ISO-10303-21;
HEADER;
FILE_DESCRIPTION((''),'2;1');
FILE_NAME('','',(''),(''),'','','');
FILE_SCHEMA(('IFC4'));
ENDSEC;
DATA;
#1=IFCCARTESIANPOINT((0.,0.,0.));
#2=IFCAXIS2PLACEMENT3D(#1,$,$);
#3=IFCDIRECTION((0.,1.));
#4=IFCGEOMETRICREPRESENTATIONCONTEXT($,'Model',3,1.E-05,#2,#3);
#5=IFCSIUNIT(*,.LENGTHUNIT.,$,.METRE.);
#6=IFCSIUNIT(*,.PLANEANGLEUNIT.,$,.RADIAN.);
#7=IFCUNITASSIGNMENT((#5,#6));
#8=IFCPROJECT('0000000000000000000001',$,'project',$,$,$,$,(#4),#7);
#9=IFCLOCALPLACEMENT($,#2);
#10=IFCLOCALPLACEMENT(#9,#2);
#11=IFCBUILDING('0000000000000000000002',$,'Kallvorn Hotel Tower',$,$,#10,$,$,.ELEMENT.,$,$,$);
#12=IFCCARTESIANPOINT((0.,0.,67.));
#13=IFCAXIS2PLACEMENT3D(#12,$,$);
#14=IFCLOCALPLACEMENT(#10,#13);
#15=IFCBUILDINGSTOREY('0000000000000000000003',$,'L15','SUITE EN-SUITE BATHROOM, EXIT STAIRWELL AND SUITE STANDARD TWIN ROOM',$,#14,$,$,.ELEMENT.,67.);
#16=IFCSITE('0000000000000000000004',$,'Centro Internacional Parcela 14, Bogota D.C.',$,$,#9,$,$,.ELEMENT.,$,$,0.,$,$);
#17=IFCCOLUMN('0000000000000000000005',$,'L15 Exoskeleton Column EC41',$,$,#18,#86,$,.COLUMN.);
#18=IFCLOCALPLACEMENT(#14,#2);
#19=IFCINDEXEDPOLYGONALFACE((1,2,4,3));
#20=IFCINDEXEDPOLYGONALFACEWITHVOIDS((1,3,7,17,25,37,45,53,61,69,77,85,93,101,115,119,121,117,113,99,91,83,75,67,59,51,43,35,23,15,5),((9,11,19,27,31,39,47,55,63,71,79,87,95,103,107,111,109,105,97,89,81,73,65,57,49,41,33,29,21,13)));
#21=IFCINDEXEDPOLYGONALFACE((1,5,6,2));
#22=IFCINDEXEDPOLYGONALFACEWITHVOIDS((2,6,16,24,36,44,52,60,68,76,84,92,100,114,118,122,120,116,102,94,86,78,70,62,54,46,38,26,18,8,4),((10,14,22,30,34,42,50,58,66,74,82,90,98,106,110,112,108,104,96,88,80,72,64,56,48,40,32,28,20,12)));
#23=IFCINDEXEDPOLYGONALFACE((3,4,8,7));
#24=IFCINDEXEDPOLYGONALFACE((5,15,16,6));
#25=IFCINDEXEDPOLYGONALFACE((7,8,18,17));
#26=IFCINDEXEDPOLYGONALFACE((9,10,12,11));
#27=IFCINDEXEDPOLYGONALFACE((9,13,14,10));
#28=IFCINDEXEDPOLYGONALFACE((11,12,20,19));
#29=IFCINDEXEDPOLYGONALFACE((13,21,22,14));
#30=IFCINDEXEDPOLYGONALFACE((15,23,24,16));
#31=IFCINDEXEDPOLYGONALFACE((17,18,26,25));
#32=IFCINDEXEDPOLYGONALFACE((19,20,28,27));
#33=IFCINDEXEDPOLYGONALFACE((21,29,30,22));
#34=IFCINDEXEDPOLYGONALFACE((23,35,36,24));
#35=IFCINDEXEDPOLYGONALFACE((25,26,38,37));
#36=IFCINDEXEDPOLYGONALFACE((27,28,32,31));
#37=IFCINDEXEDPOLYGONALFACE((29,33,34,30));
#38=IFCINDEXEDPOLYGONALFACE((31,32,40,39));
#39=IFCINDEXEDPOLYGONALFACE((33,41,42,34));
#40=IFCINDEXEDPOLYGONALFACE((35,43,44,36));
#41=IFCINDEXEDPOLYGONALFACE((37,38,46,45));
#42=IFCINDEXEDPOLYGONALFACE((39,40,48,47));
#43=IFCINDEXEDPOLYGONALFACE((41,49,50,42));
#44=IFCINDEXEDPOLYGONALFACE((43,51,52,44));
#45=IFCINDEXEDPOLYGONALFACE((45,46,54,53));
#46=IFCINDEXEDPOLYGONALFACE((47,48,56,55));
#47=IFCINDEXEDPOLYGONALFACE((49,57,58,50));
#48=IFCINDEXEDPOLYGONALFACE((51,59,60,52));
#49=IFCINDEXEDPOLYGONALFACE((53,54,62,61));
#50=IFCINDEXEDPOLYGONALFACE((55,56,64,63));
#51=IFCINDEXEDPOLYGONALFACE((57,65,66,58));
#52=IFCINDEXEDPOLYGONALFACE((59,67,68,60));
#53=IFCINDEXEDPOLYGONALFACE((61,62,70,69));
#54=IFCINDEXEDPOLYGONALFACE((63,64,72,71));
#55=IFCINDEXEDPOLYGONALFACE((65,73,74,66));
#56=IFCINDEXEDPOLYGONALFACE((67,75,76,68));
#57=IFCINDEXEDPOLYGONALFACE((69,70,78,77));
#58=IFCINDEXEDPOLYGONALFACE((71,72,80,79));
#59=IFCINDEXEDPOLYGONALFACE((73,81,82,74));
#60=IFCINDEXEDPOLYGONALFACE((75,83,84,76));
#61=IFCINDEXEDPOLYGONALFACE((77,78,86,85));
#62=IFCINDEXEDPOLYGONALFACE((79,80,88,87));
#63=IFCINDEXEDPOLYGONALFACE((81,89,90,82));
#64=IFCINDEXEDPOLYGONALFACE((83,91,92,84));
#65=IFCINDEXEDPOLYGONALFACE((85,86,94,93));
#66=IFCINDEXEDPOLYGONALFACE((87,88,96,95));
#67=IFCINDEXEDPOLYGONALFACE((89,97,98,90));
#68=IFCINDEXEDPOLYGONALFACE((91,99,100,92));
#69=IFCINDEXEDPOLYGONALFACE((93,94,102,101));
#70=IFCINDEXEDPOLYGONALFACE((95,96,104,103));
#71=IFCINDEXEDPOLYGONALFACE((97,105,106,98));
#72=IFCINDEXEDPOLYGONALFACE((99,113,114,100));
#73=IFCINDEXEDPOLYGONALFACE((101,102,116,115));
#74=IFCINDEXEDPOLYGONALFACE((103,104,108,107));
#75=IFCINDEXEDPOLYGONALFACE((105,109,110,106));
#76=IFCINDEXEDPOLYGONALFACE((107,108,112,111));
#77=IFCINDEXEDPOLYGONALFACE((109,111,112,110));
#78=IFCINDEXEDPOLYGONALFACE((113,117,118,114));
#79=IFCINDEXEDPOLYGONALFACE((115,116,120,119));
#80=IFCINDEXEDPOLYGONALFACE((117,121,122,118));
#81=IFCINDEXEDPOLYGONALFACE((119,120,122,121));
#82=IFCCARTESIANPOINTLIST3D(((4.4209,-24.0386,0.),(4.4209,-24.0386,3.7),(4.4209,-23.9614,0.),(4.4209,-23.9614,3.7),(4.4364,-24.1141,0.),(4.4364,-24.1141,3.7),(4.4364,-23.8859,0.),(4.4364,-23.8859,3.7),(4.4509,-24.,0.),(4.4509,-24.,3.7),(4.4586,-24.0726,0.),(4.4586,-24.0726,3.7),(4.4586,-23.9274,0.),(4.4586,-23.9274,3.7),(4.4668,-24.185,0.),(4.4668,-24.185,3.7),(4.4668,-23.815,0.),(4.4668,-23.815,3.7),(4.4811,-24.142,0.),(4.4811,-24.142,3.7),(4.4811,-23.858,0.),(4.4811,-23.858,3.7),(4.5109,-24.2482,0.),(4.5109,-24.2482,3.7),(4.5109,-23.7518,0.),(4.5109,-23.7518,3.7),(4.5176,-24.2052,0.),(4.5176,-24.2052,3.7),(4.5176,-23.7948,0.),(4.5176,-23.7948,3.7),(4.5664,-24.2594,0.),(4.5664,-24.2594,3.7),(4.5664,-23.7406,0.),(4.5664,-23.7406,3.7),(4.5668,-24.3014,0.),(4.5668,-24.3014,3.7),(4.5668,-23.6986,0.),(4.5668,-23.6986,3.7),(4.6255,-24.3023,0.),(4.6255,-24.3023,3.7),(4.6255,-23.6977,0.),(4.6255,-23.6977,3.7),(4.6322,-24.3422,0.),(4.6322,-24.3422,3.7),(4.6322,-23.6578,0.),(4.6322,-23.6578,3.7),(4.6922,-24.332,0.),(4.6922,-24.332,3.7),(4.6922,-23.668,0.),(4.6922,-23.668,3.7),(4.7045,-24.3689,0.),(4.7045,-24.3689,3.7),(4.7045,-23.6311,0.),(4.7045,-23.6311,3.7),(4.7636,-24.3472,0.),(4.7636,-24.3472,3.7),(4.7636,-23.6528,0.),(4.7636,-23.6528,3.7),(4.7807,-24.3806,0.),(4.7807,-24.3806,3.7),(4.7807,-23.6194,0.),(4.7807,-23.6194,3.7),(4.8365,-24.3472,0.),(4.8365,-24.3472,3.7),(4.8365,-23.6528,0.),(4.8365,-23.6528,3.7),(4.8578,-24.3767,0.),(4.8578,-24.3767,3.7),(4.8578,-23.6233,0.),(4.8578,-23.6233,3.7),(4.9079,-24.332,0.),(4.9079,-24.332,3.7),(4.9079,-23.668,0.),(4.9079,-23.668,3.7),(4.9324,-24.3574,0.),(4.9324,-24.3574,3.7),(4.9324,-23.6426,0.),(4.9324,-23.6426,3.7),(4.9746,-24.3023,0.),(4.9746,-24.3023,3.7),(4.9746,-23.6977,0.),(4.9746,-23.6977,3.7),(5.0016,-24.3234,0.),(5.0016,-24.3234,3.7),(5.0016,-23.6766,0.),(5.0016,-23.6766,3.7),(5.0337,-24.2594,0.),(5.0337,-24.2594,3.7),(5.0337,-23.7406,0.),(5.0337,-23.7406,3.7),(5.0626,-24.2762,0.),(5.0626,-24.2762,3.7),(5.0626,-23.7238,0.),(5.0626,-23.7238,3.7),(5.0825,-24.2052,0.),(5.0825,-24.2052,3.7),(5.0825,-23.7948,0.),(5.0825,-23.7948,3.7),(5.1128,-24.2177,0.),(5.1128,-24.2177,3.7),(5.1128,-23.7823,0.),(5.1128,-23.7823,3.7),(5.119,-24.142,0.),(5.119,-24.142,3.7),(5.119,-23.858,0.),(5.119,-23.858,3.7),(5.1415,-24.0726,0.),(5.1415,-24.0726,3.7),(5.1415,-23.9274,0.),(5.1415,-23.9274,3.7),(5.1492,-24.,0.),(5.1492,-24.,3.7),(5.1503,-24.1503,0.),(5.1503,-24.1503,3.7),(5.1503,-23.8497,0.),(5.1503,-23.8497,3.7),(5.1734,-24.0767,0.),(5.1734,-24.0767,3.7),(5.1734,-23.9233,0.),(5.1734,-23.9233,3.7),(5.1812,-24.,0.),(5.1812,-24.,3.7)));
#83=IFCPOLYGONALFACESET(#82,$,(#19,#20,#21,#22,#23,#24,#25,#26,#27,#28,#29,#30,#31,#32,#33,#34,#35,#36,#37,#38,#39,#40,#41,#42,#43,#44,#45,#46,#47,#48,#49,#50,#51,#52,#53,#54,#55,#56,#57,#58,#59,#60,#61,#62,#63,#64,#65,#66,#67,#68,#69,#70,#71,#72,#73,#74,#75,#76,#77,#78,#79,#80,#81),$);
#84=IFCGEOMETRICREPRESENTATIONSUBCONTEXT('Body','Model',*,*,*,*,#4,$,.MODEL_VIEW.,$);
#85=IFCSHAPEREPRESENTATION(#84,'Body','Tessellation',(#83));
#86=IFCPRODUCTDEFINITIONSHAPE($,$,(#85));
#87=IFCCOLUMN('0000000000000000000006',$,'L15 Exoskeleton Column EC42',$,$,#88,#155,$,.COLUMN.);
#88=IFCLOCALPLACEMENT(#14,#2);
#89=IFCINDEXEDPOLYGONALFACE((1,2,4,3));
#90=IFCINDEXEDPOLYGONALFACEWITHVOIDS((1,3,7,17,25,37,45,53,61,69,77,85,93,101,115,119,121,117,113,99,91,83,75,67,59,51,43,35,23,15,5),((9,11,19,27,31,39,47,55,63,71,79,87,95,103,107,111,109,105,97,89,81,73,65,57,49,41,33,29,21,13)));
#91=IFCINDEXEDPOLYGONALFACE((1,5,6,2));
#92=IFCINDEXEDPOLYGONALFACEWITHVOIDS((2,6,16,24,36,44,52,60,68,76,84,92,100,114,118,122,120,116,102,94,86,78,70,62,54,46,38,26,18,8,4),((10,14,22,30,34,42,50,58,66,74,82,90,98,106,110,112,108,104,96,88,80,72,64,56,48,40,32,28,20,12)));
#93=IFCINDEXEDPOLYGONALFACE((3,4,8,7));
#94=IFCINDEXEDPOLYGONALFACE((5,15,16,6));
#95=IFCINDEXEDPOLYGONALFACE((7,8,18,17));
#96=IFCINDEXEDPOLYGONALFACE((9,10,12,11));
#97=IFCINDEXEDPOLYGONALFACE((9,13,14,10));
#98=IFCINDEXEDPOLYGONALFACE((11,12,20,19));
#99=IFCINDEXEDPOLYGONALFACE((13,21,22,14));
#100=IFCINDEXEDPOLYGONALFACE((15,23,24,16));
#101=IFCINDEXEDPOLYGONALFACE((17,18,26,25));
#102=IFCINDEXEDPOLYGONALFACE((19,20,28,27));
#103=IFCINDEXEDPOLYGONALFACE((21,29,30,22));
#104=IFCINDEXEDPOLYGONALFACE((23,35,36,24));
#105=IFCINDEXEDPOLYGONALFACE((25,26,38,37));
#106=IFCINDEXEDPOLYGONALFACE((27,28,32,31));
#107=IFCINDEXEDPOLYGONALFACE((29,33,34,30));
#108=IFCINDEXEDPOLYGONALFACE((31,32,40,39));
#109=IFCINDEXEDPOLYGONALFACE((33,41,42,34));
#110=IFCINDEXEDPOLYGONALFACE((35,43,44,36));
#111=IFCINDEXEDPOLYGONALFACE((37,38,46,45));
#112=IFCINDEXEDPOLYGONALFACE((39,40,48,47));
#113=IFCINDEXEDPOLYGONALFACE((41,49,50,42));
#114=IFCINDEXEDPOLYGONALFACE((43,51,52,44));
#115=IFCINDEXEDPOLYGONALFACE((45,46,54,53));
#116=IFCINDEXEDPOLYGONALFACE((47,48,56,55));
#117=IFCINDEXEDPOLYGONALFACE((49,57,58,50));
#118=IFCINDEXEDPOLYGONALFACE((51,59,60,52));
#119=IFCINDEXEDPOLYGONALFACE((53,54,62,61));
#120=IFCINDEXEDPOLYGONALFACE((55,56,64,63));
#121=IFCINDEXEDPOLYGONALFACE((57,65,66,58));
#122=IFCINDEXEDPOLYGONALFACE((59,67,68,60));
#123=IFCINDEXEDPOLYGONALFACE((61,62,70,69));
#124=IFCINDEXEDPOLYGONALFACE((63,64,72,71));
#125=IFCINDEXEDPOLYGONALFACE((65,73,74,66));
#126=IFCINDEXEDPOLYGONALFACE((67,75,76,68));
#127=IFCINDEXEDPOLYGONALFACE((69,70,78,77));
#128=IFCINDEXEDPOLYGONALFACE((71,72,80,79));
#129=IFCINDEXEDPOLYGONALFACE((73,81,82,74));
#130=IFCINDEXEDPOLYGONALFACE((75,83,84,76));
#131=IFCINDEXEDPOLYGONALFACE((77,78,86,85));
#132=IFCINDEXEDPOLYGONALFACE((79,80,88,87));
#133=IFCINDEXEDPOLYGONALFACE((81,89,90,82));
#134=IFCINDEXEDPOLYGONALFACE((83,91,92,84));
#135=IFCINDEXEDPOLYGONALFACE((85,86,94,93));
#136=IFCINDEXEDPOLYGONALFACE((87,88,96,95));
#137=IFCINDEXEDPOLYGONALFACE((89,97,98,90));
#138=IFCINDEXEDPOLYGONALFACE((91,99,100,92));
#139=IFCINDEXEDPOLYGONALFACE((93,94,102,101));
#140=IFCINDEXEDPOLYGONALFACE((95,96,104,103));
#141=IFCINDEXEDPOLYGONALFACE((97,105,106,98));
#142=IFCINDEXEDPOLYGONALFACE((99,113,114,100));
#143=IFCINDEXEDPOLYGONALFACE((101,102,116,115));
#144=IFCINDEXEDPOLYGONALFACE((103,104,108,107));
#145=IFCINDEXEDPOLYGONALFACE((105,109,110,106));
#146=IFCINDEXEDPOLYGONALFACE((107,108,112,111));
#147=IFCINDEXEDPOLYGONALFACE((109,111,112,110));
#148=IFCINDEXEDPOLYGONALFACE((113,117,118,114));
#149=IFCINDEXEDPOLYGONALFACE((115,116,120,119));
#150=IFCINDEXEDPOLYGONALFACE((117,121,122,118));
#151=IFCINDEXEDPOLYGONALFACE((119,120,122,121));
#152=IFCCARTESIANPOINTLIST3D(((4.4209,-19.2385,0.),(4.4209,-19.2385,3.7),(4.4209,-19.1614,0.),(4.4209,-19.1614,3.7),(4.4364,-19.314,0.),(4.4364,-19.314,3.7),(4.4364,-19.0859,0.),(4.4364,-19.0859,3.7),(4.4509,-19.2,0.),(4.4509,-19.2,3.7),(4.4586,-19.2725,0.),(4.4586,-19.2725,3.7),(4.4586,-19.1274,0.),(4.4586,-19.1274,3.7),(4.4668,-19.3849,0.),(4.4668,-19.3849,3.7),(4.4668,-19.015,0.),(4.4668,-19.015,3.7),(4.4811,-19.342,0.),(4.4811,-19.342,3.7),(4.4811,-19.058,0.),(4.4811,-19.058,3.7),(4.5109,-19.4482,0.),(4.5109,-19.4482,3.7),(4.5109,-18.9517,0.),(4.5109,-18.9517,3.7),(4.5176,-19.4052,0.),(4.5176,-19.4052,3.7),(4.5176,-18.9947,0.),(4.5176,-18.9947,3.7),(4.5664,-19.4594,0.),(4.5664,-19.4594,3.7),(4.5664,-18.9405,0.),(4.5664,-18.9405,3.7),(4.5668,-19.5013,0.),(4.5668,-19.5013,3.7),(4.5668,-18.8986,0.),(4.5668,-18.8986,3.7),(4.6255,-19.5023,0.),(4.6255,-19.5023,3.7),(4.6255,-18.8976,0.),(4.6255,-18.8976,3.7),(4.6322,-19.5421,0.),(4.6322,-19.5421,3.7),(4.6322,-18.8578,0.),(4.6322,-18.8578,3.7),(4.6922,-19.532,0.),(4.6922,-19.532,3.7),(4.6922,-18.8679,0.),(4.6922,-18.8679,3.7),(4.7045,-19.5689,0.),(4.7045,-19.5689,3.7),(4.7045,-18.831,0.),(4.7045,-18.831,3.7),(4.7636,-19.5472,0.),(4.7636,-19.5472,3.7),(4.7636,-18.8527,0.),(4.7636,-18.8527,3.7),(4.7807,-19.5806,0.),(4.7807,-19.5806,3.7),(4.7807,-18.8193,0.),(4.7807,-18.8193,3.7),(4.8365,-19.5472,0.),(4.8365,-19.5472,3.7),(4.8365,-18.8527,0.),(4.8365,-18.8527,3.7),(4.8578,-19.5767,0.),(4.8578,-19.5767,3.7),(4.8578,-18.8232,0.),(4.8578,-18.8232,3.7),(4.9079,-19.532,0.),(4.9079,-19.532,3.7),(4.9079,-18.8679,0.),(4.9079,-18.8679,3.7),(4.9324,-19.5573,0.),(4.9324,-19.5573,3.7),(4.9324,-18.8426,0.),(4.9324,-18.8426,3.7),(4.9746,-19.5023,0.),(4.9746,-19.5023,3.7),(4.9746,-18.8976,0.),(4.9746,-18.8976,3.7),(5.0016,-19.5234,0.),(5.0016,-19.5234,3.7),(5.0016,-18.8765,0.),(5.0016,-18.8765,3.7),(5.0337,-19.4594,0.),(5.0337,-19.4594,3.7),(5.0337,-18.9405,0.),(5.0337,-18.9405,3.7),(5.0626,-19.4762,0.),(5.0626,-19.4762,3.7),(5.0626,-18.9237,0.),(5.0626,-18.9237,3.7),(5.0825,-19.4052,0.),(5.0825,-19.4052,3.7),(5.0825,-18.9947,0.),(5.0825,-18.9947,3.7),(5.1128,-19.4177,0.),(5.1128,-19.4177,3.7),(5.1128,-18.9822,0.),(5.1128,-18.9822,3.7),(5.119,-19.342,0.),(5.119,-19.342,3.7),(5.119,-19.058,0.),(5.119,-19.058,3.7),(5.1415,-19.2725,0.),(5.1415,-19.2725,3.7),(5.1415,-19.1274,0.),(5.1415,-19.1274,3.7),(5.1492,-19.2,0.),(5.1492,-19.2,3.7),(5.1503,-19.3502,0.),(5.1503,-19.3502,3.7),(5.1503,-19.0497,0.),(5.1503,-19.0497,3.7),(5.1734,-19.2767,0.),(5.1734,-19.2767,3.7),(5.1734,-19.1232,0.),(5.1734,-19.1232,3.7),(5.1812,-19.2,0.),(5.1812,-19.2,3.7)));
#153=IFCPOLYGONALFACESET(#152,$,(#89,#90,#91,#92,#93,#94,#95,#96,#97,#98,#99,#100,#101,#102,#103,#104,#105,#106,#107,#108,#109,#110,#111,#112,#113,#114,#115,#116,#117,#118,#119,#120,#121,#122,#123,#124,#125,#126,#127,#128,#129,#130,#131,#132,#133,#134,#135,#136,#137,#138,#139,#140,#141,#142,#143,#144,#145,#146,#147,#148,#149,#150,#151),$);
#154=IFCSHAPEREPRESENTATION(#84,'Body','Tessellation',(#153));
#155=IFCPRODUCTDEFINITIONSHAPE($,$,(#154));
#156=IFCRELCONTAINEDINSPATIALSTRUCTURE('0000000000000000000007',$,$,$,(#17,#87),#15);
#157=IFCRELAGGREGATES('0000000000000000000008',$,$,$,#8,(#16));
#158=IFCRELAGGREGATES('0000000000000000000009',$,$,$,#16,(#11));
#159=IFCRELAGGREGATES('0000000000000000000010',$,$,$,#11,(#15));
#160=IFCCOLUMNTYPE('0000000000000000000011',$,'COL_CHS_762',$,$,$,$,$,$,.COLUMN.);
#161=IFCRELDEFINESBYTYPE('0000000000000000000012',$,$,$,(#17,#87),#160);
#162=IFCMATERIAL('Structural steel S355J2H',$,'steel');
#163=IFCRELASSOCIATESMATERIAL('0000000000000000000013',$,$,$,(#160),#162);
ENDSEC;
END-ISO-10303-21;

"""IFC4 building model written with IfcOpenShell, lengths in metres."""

from ifc_helpers import new_model, si_unit, direction, frame, origin, origin_2d, place, context, subcontext, project, spatial, hollow_circle, extrude, material, material_profile, profile_set, type_object, element, save


model = new_model("IFC4")

# Units and contexts
model_context = context("Model", 3, precision=1e-05, world=origin(), true_north=direction((0.0, 1.0)))
body_context = subcontext(model_context, "Body", "Model", "MODEL_VIEW")
ifc_project = project(units=[si_unit("LENGTHUNIT", "METRE"), si_unit("PLANEANGLEUNIT", "RADIAN")], contexts=[model_context])

# Site, building, storey
site_placement = place(None, origin())
site = spatial("IfcSite", under=ifc_project, at=site_placement, Name="Centro Internacional Parcela 14, Bogota D.C.", CompositionType="ELEMENT", RefElevation=0.0)
building_placement = place(site_placement, origin())
building = spatial("IfcBuilding", under=site, at=building_placement, Name="Kallvorn Hotel Tower", CompositionType="ELEMENT")
storey_placement = place(building_placement, frame((0.0, 0.0, 67.0)))
storey = spatial("IfcBuildingStorey", under=building, at=storey_placement, Name="L15", Description="SUITE EN-SUITE BATHROOM, EXIT STAIRWELL AND SUITE STANDARD TWIN ROOM", CompositionType="ELEMENT", Elevation=67.0)

# Columns
ifc_material_1 = material(Name="Structural steel S355J2H", Category="steel")
ifc_material_profile_1 = material_profile(ifc_material_1, hollow_circle(Radius=0.3811, WallThickness=0.032, at=origin_2d()), Name="CHS 762x32")
ifc_profile_set_1 = profile_set([ifc_material_profile_1], Name="Structural steel S355J2H")
column_type_1 = type_object("IfcColumnType", Name="COL_CHS_762", PredefinedType="COLUMN", material=ifc_profile_set_1)
for number, where, z_axis, x_axis, name in (
    (1, (4.8, -24.0, 0.0), (0.0, 0.0, 1.0), (1.0, 0.0, 0.0), "L15 Exoskeleton Column EC41"),
    (2, (4.8, -19.2, 0.0), (0.0, 0.0, 1.0), (1.0, 0.0, 0.0), "L15 Exoskeleton Column EC42"),
):
    element("IfcColumn", number, at=place(storey_placement, frame(where, z_axis=z_axis, x_axis=x_axis)), inside=storey, type_object=column_type_1, Name=name, PredefinedType="COLUMN", context=body_context, shape_type="SweptSolid", body=[
        extrude(hollow_circle(Radius=0.3811, WallThickness=0.032, at=origin_2d()), origin(), (0.0, 0.0, 1.0), 3.7),
    ])

save(model, "model.ifc")
